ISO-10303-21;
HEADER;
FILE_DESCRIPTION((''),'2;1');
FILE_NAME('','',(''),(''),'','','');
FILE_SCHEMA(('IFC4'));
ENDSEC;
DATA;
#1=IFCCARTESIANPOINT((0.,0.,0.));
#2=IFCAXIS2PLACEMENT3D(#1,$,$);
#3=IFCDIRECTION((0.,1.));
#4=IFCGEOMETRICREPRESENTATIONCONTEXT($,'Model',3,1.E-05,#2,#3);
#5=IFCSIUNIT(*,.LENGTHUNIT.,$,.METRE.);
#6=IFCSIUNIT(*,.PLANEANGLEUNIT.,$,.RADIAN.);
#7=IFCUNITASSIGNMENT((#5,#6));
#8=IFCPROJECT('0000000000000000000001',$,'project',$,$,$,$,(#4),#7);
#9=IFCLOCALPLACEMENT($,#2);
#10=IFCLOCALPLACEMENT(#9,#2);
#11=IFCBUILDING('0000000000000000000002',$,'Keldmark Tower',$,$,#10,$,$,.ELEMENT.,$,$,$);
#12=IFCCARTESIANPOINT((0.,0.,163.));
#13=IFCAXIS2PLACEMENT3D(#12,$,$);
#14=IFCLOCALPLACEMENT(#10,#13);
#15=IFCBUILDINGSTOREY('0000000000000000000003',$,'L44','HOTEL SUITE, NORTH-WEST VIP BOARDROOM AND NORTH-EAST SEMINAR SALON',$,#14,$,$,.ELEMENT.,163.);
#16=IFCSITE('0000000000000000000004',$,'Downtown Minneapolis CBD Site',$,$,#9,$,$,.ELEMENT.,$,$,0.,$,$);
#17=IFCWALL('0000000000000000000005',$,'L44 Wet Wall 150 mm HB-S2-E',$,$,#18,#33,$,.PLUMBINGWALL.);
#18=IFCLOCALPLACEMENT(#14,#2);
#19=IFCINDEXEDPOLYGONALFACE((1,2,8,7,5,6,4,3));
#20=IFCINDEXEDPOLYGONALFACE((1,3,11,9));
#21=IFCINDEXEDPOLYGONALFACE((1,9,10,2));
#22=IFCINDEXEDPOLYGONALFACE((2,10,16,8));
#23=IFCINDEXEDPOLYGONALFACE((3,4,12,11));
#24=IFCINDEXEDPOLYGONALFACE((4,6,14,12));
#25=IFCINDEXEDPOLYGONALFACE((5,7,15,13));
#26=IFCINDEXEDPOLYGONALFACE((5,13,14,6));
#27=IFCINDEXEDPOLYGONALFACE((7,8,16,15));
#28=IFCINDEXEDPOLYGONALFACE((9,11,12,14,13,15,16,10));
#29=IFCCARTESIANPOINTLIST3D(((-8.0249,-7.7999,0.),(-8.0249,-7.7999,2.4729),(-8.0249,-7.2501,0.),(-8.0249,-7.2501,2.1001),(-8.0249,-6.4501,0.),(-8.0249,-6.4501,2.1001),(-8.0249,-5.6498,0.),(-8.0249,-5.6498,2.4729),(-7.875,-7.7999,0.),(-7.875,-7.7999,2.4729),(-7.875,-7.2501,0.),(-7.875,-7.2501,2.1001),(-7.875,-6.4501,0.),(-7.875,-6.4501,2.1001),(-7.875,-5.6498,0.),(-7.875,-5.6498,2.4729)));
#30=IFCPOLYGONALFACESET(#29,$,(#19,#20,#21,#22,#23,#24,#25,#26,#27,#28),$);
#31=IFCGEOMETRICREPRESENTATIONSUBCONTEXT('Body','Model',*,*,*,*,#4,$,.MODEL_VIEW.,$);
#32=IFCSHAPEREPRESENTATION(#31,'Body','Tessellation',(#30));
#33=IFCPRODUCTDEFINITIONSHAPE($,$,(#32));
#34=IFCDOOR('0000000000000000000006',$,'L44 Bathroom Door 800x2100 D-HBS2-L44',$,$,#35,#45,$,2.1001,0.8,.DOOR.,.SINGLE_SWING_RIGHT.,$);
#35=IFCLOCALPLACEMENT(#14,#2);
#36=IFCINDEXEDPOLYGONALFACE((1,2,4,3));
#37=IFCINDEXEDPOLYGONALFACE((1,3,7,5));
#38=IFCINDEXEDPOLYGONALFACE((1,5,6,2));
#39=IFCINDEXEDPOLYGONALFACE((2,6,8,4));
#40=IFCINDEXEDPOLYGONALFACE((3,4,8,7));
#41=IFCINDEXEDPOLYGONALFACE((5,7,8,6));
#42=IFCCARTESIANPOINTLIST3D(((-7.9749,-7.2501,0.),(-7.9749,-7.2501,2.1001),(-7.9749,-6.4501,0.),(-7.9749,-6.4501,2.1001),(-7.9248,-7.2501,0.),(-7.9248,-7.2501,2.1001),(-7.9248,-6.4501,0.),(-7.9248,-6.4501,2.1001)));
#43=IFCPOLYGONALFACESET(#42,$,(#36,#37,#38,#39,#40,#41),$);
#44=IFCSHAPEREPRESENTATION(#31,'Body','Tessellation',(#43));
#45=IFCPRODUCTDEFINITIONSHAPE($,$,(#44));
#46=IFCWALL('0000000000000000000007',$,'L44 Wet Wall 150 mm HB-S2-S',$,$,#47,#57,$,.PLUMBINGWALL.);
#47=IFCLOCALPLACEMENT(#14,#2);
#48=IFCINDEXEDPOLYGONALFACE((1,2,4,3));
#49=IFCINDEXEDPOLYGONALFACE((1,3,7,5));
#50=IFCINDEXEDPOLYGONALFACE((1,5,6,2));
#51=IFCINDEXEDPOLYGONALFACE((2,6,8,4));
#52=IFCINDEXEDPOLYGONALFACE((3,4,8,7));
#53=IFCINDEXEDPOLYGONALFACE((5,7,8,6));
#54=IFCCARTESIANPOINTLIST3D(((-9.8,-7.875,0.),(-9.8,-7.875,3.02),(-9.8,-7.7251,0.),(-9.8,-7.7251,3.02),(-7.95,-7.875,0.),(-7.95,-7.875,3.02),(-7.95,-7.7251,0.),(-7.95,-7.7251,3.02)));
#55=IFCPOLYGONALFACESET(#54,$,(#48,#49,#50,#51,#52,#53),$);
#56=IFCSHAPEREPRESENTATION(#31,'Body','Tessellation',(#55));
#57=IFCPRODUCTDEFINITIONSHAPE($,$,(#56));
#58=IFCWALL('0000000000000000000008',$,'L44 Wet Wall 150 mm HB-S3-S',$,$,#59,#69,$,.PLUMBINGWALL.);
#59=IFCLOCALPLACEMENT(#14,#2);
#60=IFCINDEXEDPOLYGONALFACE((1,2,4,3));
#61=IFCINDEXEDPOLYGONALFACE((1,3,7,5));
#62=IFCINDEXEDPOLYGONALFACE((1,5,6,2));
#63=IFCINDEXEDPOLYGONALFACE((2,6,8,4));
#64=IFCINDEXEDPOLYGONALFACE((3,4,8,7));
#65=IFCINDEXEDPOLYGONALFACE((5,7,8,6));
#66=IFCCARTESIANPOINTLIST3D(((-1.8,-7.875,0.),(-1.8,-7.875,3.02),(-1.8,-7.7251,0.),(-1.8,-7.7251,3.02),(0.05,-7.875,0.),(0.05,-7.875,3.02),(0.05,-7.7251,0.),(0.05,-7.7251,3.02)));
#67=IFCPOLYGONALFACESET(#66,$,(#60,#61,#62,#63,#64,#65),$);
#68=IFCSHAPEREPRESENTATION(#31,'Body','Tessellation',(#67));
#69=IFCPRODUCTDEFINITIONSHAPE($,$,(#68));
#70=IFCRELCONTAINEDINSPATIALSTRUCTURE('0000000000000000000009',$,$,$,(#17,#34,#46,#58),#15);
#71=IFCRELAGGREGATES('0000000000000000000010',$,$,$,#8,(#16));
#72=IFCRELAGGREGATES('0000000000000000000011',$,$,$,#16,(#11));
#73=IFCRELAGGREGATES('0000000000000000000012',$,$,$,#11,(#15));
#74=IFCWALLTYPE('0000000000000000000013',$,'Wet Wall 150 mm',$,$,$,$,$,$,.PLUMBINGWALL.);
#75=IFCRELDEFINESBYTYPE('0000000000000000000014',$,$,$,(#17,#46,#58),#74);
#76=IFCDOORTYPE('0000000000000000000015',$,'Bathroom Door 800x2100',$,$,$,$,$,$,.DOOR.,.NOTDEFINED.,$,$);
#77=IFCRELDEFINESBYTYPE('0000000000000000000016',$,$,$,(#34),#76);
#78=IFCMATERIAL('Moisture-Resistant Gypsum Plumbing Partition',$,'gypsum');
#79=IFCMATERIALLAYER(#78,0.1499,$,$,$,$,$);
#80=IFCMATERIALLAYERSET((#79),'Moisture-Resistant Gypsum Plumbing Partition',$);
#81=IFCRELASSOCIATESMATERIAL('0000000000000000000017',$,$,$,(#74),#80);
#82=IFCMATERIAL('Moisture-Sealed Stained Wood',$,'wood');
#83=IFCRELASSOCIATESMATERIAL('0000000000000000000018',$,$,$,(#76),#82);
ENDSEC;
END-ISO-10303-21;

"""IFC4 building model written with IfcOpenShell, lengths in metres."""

from ifc_helpers import new_model, si_unit, direction, frame, frame_2d, origin, place, context, subcontext, project, spatial, rectangle, extrude, material, layer, layer_set, type_object, element, fill, save


model = new_model("IFC4")

# Units and contexts
model_context = context("Model", 3, precision=1e-05, world=origin(), true_north=direction((0.0, 1.0)))
body_context = subcontext(model_context, "Body", "Model", "MODEL_VIEW")
ifc_project = project(units=[si_unit("LENGTHUNIT", "METRE"), si_unit("PLANEANGLEUNIT", "RADIAN")], contexts=[model_context])

# Site, building, storey
site_placement = place(None, origin())
site = spatial("IfcSite", under=ifc_project, at=site_placement, Name="Downtown Minneapolis CBD Site", CompositionType="ELEMENT", RefElevation=0.0)
building_placement = place(site_placement, origin())
building = spatial("IfcBuilding", under=site, at=building_placement, Name="Keldmark Tower", CompositionType="ELEMENT")
storey_placement = place(building_placement, frame((0.0, 0.0, 163.0)))
storey = spatial("IfcBuildingStorey", under=building, at=storey_placement, Name="L44", Description="HOTEL SUITE, NORTH-WEST VIP BOARDROOM AND NORTH-EAST SEMINAR SALON", CompositionType="ELEMENT", Elevation=163.0)

# Shared definitions
ifc_material_1 = material(Name="Moisture-Resistant Gypsum Plumbing Partition", Category="gypsum")
ifc_layer_1 = layer(ifc_material_1, 0.1499)
ifc_layer_set_1 = layer_set([ifc_layer_1], Name="Moisture-Resistant Gypsum Plumbing Partition")
wall_type_1 = type_object("IfcWallType", Name="Wet Wall 150 mm", PredefinedType="PLUMBINGWALL", material=ifc_layer_set_1)

# Wall, opening, door
wall_1_placement = place(storey_placement, frame((-7.95, -7.8, 0.0), z_axis=(0.0, 0.0, 1.0), x_axis=(0.0, 1.0, 0.0)))
wall_1 = element("IfcWall", 1, at=wall_1_placement, inside=storey, type_object=wall_type_1, Name="L44 Wet Wall 150 mm HB-S2-E", PredefinedType="PLUMBINGWALL", context=body_context, shape_type="SweptSolid", body=[
    extrude(rectangle(XDim=2.1501, YDim=0.1499, at=frame_2d((1.0752, 0.0))), origin(), (0.0, 0.0, 1.0), 2.4729),
])
opening_1_placement = place(wall_1_placement, frame((0.55, 0.0, 0.0)))
opening_1 = element("IfcOpeningElement", 2, at=opening_1_placement, cuts=wall_1, PredefinedType="OPENING", context=body_context, shape_type="SweptSolid", body=[
    extrude(rectangle(XDim=0.8, YDim=2.1001, at=frame_2d((0.3999, 1.05))), frame((0.0, 0.085, 0.0), z_axis=(0.0, -1.0, 0.0), x_axis=(1.0, 0.0, 0.0)), (0.0, 0.0, 1.0), 0.1699),
])
ifc_material_2 = material(Name="Moisture-Sealed Stained Wood", Category="wood")
door_type = type_object("IfcDoorType", Name="Bathroom Door 800x2100", OperationType="NOTDEFINED", PredefinedType="DOOR", material=ifc_material_2)
door_placement = place(opening_1_placement, origin())
door = element("IfcDoor", 3, at=door_placement, inside=storey, type_object=door_type, Name="L44 Bathroom Door 800x2100 D-HBS2-L44", OperationType="SINGLE_SWING_RIGHT", OverallHeight=2.1001, OverallWidth=0.8, PredefinedType="DOOR", context=body_context, shape_type="SweptSolid", body=[
    extrude(rectangle(XDim=0.8, YDim=2.1001, at=frame_2d((0.3999, 1.05))), frame((0.0, 0.0249, 0.0), z_axis=(0.0, -1.0, 0.0), x_axis=(1.0, 0.0, 0.0)), (0.0, 0.0, 1.0), 0.05),
])
fill(opening_1, door)

# Walls
for number, where, z_axis, x_axis, name in (
    (4, (-9.8, -7.8, 0.0), (0.0, 0.0, 1.0), (1.0, 0.0, 0.0), "L44 Wet Wall 150 mm HB-S2-S"),
    (5, (-1.8, -7.8, 0.0), (0.0, 0.0, 1.0), (1.0, 0.0, 0.0), "L44 Wet Wall 150 mm HB-S3-S"),
):
    element("IfcWall", number, at=place(storey_placement, frame(where, z_axis=z_axis, x_axis=x_axis)), inside=storey, type_object=wall_type_1, Name=name, PredefinedType="PLUMBINGWALL", context=body_context, shape_type="SweptSolid", body=[
        extrude(rectangle(XDim=1.8501, YDim=0.1499, at=frame_2d((0.925, 0.0))), origin(), (0.0, 0.0, 1.0), 3.02),
    ])

save(model, "model.ifc")
